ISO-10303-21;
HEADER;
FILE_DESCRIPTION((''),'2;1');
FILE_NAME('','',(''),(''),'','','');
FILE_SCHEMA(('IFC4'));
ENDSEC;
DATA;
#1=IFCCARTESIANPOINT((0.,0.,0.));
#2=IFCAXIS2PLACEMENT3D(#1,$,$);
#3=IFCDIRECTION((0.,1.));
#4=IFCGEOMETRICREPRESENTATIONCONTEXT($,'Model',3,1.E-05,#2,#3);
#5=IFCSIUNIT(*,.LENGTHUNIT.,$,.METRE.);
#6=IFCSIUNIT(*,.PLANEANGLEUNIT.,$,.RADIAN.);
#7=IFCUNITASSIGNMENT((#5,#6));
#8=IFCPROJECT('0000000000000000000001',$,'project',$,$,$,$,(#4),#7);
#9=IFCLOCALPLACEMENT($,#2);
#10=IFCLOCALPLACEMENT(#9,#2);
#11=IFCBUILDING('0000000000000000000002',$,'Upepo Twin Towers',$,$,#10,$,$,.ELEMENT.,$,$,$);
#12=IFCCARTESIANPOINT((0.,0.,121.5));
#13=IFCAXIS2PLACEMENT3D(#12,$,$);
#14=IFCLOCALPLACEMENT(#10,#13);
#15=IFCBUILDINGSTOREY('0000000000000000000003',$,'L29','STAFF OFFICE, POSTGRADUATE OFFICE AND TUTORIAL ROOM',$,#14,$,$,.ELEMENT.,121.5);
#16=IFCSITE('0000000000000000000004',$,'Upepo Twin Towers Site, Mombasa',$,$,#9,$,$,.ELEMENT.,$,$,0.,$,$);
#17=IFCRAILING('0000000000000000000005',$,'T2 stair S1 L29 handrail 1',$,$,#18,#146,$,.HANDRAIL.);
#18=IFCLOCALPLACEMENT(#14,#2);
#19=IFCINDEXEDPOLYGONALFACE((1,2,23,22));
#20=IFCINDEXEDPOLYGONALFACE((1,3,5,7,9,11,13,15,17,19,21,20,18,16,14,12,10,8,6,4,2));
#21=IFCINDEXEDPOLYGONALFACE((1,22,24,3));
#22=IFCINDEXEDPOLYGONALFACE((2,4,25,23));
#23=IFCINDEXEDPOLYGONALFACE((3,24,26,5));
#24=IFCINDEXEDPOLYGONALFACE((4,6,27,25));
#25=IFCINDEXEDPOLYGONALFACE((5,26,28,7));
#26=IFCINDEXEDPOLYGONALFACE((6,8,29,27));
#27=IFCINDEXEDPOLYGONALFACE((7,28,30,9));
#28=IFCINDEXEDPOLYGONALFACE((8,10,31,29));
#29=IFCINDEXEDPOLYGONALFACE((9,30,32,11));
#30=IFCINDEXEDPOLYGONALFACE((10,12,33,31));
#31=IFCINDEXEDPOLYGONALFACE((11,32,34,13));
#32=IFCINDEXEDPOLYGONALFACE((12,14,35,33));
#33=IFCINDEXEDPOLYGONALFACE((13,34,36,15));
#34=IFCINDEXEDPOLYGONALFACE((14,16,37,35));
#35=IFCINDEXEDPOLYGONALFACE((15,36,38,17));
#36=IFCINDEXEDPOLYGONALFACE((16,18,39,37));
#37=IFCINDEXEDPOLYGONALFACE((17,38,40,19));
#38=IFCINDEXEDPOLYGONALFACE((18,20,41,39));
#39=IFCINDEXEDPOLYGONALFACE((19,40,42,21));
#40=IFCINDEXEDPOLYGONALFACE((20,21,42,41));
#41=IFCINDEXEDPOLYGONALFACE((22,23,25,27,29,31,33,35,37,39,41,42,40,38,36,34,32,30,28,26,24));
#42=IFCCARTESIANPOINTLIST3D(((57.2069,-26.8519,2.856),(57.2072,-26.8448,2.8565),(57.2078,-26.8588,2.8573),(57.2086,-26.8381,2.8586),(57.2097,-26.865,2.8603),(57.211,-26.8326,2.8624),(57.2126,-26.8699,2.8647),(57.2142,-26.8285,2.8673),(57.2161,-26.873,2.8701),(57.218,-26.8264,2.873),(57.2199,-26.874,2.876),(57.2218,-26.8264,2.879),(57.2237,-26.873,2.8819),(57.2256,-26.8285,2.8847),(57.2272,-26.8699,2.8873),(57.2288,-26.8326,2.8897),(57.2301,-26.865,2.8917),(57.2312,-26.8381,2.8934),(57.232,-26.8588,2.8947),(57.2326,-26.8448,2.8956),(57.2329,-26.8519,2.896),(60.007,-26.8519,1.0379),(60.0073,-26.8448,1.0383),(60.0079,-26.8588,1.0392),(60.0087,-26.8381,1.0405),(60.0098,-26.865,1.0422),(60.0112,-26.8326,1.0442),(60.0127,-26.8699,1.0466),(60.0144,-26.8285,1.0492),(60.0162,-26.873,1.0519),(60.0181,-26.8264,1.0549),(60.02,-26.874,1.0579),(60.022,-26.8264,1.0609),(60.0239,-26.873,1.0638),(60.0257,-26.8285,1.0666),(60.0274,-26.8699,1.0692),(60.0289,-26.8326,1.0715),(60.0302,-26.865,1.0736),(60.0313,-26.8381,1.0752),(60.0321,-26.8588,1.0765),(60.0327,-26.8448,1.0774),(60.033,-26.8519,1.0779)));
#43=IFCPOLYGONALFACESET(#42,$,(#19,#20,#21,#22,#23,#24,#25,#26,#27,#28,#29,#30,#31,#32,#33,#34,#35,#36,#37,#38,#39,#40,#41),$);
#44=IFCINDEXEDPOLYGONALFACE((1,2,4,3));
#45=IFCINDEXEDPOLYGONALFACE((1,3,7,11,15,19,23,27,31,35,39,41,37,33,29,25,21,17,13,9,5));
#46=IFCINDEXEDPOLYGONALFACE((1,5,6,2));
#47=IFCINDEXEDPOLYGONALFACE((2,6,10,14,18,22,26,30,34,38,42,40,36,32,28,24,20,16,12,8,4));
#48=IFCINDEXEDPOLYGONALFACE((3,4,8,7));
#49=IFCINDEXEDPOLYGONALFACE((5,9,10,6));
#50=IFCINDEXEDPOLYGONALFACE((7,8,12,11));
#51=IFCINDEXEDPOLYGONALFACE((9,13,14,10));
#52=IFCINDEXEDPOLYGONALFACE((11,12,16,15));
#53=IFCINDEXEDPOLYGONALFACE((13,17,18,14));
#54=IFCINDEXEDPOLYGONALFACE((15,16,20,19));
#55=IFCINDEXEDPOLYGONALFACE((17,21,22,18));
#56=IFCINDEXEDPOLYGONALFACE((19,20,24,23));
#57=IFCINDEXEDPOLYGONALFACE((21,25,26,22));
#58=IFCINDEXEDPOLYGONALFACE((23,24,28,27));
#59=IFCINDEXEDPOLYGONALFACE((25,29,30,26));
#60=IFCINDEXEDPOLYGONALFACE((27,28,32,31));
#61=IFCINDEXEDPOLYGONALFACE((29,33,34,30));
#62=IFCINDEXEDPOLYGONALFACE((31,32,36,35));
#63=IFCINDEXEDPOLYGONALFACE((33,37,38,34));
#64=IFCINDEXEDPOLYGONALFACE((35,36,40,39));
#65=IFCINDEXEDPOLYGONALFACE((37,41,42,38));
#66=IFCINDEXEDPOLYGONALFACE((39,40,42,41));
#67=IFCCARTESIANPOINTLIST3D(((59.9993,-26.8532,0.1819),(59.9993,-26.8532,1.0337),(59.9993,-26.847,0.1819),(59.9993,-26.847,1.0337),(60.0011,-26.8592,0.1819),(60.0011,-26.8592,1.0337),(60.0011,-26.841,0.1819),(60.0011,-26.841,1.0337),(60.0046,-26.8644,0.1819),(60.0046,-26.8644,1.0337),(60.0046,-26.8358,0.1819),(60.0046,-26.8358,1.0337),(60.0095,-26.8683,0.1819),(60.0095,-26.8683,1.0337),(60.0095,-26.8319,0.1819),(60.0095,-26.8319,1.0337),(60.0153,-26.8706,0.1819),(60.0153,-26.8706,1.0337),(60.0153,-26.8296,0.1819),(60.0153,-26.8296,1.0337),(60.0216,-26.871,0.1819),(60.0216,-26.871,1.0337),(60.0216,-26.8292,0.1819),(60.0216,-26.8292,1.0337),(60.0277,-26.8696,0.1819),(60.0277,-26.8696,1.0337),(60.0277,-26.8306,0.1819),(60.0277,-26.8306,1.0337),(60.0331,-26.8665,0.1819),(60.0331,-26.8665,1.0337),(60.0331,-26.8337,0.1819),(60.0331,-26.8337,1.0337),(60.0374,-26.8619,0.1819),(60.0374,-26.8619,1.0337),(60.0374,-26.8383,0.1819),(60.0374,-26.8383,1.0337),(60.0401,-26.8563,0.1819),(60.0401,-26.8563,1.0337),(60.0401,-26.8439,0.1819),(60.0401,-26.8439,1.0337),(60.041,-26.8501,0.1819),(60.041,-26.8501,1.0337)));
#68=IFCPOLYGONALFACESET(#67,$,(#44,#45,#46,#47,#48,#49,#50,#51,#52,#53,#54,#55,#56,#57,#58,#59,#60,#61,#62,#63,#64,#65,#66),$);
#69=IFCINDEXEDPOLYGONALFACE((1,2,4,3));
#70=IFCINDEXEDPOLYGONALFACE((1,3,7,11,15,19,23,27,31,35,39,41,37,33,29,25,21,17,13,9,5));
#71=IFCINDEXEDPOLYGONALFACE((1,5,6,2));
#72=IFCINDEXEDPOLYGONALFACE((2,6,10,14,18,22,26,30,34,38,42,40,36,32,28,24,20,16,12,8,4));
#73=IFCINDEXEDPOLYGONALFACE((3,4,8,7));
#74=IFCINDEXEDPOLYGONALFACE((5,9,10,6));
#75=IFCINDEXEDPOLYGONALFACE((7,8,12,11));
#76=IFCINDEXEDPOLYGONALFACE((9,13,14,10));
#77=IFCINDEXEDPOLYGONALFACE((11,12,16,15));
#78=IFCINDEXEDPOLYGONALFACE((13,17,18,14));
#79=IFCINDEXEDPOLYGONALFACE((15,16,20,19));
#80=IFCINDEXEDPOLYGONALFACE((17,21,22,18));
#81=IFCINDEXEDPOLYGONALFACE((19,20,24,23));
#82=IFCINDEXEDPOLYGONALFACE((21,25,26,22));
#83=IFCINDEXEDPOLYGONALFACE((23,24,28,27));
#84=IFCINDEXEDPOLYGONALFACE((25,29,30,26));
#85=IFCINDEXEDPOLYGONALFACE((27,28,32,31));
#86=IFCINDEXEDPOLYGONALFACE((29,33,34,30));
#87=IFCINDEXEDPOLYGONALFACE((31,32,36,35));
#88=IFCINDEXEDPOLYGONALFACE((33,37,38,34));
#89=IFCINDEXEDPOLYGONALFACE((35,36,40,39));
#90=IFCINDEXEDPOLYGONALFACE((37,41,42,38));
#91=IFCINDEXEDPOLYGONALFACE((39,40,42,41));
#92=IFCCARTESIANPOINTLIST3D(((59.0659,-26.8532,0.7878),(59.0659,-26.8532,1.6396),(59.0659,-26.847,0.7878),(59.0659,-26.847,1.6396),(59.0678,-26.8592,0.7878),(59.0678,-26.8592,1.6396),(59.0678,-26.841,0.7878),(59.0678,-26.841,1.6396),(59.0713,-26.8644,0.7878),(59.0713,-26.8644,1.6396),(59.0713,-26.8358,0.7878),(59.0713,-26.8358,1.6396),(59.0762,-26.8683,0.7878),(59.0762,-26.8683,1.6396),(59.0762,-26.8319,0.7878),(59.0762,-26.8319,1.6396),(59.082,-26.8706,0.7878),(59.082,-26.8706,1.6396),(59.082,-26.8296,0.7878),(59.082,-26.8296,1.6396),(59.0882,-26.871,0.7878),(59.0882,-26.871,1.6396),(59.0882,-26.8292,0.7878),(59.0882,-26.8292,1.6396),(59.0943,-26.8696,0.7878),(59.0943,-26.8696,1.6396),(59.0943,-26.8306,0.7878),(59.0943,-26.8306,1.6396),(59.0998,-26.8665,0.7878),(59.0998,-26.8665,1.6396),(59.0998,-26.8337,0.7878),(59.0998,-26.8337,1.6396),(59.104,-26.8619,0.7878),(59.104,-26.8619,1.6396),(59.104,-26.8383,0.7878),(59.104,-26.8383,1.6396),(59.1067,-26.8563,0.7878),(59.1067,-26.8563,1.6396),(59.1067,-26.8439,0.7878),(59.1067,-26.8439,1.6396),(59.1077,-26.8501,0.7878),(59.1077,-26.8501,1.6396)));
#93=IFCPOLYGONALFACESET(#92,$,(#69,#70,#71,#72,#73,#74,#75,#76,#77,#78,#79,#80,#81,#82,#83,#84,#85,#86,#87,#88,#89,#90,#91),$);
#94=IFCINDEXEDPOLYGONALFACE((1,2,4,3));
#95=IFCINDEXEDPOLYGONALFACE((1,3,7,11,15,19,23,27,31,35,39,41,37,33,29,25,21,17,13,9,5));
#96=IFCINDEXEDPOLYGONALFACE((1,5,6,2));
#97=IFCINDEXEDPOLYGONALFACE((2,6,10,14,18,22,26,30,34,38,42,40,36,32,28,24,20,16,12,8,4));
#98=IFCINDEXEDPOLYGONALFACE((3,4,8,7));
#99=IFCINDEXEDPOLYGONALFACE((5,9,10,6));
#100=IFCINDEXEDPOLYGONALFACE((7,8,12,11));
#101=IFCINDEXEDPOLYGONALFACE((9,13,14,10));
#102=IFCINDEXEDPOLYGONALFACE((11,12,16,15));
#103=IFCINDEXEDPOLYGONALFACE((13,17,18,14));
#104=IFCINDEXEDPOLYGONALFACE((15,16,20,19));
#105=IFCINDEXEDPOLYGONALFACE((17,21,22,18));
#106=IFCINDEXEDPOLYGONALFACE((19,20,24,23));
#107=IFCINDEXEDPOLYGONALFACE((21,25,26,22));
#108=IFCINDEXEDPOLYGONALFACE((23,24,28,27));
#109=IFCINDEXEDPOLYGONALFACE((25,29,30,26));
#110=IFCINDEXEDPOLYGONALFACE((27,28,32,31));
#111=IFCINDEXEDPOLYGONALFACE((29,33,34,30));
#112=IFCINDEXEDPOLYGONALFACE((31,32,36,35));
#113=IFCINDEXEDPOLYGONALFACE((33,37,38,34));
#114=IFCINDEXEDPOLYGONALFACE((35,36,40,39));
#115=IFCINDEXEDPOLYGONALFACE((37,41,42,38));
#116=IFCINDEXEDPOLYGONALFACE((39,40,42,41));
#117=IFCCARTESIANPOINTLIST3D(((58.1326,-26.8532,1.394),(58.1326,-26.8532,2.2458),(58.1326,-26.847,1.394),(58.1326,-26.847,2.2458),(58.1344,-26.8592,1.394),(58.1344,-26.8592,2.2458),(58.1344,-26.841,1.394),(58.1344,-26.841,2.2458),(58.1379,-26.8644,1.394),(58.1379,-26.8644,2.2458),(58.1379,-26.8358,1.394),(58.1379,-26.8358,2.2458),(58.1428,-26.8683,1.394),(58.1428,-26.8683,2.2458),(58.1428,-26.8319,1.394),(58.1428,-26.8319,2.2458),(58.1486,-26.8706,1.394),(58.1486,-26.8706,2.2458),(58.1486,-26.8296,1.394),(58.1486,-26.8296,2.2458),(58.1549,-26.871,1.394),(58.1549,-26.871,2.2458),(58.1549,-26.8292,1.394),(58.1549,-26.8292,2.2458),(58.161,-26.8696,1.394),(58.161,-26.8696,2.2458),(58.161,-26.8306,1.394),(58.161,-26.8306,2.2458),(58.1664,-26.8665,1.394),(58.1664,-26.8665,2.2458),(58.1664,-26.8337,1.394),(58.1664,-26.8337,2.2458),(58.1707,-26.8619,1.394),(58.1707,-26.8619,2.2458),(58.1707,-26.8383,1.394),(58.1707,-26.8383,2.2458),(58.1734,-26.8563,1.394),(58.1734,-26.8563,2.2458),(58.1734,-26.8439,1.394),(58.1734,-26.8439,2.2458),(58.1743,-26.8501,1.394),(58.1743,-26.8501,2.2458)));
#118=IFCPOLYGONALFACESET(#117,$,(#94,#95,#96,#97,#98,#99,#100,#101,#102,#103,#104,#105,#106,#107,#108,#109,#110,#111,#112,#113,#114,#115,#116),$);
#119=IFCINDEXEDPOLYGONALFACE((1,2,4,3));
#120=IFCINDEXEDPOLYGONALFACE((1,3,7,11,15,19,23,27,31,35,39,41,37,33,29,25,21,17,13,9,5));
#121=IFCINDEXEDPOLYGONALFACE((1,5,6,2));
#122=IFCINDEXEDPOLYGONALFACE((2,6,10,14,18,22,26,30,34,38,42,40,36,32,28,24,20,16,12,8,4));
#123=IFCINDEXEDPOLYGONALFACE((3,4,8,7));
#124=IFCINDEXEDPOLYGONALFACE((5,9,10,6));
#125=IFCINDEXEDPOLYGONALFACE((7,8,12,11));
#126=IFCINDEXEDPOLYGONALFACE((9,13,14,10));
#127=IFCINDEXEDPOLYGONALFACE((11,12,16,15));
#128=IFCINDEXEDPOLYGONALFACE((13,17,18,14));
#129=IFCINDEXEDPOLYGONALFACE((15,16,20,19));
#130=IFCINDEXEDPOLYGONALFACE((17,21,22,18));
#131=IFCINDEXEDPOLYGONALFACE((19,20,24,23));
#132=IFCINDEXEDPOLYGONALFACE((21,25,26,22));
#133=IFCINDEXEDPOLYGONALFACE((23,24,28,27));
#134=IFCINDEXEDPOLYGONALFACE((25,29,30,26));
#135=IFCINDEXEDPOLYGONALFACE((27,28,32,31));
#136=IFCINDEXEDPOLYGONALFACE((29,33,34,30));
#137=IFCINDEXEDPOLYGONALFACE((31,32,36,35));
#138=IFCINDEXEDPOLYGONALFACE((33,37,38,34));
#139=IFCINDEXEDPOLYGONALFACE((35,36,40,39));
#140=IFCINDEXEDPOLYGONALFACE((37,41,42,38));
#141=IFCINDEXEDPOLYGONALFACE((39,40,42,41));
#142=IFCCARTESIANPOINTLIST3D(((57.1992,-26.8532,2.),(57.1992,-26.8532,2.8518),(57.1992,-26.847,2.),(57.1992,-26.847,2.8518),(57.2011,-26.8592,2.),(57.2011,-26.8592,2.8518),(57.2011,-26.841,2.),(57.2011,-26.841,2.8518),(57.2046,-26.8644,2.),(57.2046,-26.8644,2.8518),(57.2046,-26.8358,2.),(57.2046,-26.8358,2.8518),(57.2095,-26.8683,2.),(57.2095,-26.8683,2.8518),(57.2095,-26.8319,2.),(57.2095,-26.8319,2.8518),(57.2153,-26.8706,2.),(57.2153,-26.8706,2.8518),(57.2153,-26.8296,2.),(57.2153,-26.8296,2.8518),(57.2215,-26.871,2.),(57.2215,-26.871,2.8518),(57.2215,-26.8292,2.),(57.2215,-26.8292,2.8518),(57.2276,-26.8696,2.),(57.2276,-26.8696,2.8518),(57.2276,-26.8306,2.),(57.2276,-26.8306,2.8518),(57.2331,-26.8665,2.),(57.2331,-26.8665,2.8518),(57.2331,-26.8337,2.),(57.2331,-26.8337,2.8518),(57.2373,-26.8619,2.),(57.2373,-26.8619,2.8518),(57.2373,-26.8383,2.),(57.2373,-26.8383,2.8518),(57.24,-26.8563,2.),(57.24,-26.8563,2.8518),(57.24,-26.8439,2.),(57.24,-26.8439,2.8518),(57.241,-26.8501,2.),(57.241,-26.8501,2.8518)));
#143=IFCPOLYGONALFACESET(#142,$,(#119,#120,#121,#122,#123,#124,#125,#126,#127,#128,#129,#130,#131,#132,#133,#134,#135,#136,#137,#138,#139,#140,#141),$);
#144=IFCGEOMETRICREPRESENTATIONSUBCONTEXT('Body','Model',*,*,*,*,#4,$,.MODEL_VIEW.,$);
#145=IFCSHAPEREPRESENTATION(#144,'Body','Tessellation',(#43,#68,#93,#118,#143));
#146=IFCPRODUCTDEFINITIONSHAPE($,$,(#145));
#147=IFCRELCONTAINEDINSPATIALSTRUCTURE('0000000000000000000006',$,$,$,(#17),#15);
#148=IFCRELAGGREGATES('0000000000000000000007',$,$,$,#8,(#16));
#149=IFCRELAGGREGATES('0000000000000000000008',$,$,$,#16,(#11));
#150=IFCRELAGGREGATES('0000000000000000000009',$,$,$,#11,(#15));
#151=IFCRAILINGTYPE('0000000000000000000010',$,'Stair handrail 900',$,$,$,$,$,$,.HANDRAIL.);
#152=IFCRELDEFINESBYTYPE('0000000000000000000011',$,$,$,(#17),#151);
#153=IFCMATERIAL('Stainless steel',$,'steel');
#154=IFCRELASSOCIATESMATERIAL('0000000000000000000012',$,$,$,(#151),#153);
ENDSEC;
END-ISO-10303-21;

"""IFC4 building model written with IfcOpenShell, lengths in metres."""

from ifc_helpers import new_model, si_unit, direction, frame, origin, origin_2d, place, context, subcontext, project, spatial, circle, extrude, material, type_object, element, save


model = new_model("IFC4")

# Units and contexts
model_context = context("Model", 3, precision=1e-05, world=origin(), true_north=direction((0.0, 1.0)))
body_context = subcontext(model_context, "Body", "Model", "MODEL_VIEW")
ifc_project = project(units=[si_unit("LENGTHUNIT", "METRE"), si_unit("PLANEANGLEUNIT", "RADIAN")], contexts=[model_context])

# Site, building, storey
site_placement = place(None, origin())
site = spatial("IfcSite", under=ifc_project, at=site_placement, Name="Upepo Twin Towers Site, Mombasa", CompositionType="ELEMENT", RefElevation=0.0)
building_placement = place(site_placement, origin())
building = spatial("IfcBuilding", under=site, at=building_placement, Name="Upepo Twin Towers", CompositionType="ELEMENT")
storey_placement = place(building_placement, frame((0.0, 0.0, 121.5)))
storey = spatial("IfcBuildingStorey", under=building, at=storey_placement, Name="L29", Description="STAFF OFFICE, POSTGRADUATE OFFICE AND TUTORIAL ROOM", CompositionType="ELEMENT", Elevation=121.5)

# Railing
ifc_material_1 = material(Name="Stainless steel", Category="steel")
railing_type = type_object("IfcRailingType", Name="Stair handrail 900", PredefinedType="HANDRAIL", material=ifc_material_1)
railing_1_placement = place(storey_placement, frame((60.02, -26.8501, 0.1819)))
element("IfcRailing", 1, at=railing_1_placement, inside=storey, type_object=railing_type, Name="T2 stair S1 L29 handrail 1", PredefinedType="HANDRAIL", context=body_context, shape_type="SweptSolid", body=[
    extrude(circle(Radius=0.0239, at=origin_2d()), frame((0.0, 0.0, 0.876), z_axis=(-0.838706, 0.0, 0.544585), x_axis=(0.0, -1.0, 0.0)), (0.0, 0.0, 1.0), 3.3386),
    extrude(circle(Radius=0.021, at=origin_2d()), origin(), (0.0, 0.0, 1.0), 0.8518),
    extrude(circle(Radius=0.021, at=origin_2d()), frame((-0.9333, 0.0, 0.606)), (0.0, 0.0, 1.0), 0.8518),
    extrude(circle(Radius=0.021, at=origin_2d()), frame((-1.8667, 0.0, 1.2122)), (0.0, 0.0, 1.0), 0.8518),
    extrude(circle(Radius=0.021, at=origin_2d()), frame((-2.8, 0.0, 1.8181)), (0.0, 0.0, 1.0), 0.8518),
])

save(model, "model.ifc")
